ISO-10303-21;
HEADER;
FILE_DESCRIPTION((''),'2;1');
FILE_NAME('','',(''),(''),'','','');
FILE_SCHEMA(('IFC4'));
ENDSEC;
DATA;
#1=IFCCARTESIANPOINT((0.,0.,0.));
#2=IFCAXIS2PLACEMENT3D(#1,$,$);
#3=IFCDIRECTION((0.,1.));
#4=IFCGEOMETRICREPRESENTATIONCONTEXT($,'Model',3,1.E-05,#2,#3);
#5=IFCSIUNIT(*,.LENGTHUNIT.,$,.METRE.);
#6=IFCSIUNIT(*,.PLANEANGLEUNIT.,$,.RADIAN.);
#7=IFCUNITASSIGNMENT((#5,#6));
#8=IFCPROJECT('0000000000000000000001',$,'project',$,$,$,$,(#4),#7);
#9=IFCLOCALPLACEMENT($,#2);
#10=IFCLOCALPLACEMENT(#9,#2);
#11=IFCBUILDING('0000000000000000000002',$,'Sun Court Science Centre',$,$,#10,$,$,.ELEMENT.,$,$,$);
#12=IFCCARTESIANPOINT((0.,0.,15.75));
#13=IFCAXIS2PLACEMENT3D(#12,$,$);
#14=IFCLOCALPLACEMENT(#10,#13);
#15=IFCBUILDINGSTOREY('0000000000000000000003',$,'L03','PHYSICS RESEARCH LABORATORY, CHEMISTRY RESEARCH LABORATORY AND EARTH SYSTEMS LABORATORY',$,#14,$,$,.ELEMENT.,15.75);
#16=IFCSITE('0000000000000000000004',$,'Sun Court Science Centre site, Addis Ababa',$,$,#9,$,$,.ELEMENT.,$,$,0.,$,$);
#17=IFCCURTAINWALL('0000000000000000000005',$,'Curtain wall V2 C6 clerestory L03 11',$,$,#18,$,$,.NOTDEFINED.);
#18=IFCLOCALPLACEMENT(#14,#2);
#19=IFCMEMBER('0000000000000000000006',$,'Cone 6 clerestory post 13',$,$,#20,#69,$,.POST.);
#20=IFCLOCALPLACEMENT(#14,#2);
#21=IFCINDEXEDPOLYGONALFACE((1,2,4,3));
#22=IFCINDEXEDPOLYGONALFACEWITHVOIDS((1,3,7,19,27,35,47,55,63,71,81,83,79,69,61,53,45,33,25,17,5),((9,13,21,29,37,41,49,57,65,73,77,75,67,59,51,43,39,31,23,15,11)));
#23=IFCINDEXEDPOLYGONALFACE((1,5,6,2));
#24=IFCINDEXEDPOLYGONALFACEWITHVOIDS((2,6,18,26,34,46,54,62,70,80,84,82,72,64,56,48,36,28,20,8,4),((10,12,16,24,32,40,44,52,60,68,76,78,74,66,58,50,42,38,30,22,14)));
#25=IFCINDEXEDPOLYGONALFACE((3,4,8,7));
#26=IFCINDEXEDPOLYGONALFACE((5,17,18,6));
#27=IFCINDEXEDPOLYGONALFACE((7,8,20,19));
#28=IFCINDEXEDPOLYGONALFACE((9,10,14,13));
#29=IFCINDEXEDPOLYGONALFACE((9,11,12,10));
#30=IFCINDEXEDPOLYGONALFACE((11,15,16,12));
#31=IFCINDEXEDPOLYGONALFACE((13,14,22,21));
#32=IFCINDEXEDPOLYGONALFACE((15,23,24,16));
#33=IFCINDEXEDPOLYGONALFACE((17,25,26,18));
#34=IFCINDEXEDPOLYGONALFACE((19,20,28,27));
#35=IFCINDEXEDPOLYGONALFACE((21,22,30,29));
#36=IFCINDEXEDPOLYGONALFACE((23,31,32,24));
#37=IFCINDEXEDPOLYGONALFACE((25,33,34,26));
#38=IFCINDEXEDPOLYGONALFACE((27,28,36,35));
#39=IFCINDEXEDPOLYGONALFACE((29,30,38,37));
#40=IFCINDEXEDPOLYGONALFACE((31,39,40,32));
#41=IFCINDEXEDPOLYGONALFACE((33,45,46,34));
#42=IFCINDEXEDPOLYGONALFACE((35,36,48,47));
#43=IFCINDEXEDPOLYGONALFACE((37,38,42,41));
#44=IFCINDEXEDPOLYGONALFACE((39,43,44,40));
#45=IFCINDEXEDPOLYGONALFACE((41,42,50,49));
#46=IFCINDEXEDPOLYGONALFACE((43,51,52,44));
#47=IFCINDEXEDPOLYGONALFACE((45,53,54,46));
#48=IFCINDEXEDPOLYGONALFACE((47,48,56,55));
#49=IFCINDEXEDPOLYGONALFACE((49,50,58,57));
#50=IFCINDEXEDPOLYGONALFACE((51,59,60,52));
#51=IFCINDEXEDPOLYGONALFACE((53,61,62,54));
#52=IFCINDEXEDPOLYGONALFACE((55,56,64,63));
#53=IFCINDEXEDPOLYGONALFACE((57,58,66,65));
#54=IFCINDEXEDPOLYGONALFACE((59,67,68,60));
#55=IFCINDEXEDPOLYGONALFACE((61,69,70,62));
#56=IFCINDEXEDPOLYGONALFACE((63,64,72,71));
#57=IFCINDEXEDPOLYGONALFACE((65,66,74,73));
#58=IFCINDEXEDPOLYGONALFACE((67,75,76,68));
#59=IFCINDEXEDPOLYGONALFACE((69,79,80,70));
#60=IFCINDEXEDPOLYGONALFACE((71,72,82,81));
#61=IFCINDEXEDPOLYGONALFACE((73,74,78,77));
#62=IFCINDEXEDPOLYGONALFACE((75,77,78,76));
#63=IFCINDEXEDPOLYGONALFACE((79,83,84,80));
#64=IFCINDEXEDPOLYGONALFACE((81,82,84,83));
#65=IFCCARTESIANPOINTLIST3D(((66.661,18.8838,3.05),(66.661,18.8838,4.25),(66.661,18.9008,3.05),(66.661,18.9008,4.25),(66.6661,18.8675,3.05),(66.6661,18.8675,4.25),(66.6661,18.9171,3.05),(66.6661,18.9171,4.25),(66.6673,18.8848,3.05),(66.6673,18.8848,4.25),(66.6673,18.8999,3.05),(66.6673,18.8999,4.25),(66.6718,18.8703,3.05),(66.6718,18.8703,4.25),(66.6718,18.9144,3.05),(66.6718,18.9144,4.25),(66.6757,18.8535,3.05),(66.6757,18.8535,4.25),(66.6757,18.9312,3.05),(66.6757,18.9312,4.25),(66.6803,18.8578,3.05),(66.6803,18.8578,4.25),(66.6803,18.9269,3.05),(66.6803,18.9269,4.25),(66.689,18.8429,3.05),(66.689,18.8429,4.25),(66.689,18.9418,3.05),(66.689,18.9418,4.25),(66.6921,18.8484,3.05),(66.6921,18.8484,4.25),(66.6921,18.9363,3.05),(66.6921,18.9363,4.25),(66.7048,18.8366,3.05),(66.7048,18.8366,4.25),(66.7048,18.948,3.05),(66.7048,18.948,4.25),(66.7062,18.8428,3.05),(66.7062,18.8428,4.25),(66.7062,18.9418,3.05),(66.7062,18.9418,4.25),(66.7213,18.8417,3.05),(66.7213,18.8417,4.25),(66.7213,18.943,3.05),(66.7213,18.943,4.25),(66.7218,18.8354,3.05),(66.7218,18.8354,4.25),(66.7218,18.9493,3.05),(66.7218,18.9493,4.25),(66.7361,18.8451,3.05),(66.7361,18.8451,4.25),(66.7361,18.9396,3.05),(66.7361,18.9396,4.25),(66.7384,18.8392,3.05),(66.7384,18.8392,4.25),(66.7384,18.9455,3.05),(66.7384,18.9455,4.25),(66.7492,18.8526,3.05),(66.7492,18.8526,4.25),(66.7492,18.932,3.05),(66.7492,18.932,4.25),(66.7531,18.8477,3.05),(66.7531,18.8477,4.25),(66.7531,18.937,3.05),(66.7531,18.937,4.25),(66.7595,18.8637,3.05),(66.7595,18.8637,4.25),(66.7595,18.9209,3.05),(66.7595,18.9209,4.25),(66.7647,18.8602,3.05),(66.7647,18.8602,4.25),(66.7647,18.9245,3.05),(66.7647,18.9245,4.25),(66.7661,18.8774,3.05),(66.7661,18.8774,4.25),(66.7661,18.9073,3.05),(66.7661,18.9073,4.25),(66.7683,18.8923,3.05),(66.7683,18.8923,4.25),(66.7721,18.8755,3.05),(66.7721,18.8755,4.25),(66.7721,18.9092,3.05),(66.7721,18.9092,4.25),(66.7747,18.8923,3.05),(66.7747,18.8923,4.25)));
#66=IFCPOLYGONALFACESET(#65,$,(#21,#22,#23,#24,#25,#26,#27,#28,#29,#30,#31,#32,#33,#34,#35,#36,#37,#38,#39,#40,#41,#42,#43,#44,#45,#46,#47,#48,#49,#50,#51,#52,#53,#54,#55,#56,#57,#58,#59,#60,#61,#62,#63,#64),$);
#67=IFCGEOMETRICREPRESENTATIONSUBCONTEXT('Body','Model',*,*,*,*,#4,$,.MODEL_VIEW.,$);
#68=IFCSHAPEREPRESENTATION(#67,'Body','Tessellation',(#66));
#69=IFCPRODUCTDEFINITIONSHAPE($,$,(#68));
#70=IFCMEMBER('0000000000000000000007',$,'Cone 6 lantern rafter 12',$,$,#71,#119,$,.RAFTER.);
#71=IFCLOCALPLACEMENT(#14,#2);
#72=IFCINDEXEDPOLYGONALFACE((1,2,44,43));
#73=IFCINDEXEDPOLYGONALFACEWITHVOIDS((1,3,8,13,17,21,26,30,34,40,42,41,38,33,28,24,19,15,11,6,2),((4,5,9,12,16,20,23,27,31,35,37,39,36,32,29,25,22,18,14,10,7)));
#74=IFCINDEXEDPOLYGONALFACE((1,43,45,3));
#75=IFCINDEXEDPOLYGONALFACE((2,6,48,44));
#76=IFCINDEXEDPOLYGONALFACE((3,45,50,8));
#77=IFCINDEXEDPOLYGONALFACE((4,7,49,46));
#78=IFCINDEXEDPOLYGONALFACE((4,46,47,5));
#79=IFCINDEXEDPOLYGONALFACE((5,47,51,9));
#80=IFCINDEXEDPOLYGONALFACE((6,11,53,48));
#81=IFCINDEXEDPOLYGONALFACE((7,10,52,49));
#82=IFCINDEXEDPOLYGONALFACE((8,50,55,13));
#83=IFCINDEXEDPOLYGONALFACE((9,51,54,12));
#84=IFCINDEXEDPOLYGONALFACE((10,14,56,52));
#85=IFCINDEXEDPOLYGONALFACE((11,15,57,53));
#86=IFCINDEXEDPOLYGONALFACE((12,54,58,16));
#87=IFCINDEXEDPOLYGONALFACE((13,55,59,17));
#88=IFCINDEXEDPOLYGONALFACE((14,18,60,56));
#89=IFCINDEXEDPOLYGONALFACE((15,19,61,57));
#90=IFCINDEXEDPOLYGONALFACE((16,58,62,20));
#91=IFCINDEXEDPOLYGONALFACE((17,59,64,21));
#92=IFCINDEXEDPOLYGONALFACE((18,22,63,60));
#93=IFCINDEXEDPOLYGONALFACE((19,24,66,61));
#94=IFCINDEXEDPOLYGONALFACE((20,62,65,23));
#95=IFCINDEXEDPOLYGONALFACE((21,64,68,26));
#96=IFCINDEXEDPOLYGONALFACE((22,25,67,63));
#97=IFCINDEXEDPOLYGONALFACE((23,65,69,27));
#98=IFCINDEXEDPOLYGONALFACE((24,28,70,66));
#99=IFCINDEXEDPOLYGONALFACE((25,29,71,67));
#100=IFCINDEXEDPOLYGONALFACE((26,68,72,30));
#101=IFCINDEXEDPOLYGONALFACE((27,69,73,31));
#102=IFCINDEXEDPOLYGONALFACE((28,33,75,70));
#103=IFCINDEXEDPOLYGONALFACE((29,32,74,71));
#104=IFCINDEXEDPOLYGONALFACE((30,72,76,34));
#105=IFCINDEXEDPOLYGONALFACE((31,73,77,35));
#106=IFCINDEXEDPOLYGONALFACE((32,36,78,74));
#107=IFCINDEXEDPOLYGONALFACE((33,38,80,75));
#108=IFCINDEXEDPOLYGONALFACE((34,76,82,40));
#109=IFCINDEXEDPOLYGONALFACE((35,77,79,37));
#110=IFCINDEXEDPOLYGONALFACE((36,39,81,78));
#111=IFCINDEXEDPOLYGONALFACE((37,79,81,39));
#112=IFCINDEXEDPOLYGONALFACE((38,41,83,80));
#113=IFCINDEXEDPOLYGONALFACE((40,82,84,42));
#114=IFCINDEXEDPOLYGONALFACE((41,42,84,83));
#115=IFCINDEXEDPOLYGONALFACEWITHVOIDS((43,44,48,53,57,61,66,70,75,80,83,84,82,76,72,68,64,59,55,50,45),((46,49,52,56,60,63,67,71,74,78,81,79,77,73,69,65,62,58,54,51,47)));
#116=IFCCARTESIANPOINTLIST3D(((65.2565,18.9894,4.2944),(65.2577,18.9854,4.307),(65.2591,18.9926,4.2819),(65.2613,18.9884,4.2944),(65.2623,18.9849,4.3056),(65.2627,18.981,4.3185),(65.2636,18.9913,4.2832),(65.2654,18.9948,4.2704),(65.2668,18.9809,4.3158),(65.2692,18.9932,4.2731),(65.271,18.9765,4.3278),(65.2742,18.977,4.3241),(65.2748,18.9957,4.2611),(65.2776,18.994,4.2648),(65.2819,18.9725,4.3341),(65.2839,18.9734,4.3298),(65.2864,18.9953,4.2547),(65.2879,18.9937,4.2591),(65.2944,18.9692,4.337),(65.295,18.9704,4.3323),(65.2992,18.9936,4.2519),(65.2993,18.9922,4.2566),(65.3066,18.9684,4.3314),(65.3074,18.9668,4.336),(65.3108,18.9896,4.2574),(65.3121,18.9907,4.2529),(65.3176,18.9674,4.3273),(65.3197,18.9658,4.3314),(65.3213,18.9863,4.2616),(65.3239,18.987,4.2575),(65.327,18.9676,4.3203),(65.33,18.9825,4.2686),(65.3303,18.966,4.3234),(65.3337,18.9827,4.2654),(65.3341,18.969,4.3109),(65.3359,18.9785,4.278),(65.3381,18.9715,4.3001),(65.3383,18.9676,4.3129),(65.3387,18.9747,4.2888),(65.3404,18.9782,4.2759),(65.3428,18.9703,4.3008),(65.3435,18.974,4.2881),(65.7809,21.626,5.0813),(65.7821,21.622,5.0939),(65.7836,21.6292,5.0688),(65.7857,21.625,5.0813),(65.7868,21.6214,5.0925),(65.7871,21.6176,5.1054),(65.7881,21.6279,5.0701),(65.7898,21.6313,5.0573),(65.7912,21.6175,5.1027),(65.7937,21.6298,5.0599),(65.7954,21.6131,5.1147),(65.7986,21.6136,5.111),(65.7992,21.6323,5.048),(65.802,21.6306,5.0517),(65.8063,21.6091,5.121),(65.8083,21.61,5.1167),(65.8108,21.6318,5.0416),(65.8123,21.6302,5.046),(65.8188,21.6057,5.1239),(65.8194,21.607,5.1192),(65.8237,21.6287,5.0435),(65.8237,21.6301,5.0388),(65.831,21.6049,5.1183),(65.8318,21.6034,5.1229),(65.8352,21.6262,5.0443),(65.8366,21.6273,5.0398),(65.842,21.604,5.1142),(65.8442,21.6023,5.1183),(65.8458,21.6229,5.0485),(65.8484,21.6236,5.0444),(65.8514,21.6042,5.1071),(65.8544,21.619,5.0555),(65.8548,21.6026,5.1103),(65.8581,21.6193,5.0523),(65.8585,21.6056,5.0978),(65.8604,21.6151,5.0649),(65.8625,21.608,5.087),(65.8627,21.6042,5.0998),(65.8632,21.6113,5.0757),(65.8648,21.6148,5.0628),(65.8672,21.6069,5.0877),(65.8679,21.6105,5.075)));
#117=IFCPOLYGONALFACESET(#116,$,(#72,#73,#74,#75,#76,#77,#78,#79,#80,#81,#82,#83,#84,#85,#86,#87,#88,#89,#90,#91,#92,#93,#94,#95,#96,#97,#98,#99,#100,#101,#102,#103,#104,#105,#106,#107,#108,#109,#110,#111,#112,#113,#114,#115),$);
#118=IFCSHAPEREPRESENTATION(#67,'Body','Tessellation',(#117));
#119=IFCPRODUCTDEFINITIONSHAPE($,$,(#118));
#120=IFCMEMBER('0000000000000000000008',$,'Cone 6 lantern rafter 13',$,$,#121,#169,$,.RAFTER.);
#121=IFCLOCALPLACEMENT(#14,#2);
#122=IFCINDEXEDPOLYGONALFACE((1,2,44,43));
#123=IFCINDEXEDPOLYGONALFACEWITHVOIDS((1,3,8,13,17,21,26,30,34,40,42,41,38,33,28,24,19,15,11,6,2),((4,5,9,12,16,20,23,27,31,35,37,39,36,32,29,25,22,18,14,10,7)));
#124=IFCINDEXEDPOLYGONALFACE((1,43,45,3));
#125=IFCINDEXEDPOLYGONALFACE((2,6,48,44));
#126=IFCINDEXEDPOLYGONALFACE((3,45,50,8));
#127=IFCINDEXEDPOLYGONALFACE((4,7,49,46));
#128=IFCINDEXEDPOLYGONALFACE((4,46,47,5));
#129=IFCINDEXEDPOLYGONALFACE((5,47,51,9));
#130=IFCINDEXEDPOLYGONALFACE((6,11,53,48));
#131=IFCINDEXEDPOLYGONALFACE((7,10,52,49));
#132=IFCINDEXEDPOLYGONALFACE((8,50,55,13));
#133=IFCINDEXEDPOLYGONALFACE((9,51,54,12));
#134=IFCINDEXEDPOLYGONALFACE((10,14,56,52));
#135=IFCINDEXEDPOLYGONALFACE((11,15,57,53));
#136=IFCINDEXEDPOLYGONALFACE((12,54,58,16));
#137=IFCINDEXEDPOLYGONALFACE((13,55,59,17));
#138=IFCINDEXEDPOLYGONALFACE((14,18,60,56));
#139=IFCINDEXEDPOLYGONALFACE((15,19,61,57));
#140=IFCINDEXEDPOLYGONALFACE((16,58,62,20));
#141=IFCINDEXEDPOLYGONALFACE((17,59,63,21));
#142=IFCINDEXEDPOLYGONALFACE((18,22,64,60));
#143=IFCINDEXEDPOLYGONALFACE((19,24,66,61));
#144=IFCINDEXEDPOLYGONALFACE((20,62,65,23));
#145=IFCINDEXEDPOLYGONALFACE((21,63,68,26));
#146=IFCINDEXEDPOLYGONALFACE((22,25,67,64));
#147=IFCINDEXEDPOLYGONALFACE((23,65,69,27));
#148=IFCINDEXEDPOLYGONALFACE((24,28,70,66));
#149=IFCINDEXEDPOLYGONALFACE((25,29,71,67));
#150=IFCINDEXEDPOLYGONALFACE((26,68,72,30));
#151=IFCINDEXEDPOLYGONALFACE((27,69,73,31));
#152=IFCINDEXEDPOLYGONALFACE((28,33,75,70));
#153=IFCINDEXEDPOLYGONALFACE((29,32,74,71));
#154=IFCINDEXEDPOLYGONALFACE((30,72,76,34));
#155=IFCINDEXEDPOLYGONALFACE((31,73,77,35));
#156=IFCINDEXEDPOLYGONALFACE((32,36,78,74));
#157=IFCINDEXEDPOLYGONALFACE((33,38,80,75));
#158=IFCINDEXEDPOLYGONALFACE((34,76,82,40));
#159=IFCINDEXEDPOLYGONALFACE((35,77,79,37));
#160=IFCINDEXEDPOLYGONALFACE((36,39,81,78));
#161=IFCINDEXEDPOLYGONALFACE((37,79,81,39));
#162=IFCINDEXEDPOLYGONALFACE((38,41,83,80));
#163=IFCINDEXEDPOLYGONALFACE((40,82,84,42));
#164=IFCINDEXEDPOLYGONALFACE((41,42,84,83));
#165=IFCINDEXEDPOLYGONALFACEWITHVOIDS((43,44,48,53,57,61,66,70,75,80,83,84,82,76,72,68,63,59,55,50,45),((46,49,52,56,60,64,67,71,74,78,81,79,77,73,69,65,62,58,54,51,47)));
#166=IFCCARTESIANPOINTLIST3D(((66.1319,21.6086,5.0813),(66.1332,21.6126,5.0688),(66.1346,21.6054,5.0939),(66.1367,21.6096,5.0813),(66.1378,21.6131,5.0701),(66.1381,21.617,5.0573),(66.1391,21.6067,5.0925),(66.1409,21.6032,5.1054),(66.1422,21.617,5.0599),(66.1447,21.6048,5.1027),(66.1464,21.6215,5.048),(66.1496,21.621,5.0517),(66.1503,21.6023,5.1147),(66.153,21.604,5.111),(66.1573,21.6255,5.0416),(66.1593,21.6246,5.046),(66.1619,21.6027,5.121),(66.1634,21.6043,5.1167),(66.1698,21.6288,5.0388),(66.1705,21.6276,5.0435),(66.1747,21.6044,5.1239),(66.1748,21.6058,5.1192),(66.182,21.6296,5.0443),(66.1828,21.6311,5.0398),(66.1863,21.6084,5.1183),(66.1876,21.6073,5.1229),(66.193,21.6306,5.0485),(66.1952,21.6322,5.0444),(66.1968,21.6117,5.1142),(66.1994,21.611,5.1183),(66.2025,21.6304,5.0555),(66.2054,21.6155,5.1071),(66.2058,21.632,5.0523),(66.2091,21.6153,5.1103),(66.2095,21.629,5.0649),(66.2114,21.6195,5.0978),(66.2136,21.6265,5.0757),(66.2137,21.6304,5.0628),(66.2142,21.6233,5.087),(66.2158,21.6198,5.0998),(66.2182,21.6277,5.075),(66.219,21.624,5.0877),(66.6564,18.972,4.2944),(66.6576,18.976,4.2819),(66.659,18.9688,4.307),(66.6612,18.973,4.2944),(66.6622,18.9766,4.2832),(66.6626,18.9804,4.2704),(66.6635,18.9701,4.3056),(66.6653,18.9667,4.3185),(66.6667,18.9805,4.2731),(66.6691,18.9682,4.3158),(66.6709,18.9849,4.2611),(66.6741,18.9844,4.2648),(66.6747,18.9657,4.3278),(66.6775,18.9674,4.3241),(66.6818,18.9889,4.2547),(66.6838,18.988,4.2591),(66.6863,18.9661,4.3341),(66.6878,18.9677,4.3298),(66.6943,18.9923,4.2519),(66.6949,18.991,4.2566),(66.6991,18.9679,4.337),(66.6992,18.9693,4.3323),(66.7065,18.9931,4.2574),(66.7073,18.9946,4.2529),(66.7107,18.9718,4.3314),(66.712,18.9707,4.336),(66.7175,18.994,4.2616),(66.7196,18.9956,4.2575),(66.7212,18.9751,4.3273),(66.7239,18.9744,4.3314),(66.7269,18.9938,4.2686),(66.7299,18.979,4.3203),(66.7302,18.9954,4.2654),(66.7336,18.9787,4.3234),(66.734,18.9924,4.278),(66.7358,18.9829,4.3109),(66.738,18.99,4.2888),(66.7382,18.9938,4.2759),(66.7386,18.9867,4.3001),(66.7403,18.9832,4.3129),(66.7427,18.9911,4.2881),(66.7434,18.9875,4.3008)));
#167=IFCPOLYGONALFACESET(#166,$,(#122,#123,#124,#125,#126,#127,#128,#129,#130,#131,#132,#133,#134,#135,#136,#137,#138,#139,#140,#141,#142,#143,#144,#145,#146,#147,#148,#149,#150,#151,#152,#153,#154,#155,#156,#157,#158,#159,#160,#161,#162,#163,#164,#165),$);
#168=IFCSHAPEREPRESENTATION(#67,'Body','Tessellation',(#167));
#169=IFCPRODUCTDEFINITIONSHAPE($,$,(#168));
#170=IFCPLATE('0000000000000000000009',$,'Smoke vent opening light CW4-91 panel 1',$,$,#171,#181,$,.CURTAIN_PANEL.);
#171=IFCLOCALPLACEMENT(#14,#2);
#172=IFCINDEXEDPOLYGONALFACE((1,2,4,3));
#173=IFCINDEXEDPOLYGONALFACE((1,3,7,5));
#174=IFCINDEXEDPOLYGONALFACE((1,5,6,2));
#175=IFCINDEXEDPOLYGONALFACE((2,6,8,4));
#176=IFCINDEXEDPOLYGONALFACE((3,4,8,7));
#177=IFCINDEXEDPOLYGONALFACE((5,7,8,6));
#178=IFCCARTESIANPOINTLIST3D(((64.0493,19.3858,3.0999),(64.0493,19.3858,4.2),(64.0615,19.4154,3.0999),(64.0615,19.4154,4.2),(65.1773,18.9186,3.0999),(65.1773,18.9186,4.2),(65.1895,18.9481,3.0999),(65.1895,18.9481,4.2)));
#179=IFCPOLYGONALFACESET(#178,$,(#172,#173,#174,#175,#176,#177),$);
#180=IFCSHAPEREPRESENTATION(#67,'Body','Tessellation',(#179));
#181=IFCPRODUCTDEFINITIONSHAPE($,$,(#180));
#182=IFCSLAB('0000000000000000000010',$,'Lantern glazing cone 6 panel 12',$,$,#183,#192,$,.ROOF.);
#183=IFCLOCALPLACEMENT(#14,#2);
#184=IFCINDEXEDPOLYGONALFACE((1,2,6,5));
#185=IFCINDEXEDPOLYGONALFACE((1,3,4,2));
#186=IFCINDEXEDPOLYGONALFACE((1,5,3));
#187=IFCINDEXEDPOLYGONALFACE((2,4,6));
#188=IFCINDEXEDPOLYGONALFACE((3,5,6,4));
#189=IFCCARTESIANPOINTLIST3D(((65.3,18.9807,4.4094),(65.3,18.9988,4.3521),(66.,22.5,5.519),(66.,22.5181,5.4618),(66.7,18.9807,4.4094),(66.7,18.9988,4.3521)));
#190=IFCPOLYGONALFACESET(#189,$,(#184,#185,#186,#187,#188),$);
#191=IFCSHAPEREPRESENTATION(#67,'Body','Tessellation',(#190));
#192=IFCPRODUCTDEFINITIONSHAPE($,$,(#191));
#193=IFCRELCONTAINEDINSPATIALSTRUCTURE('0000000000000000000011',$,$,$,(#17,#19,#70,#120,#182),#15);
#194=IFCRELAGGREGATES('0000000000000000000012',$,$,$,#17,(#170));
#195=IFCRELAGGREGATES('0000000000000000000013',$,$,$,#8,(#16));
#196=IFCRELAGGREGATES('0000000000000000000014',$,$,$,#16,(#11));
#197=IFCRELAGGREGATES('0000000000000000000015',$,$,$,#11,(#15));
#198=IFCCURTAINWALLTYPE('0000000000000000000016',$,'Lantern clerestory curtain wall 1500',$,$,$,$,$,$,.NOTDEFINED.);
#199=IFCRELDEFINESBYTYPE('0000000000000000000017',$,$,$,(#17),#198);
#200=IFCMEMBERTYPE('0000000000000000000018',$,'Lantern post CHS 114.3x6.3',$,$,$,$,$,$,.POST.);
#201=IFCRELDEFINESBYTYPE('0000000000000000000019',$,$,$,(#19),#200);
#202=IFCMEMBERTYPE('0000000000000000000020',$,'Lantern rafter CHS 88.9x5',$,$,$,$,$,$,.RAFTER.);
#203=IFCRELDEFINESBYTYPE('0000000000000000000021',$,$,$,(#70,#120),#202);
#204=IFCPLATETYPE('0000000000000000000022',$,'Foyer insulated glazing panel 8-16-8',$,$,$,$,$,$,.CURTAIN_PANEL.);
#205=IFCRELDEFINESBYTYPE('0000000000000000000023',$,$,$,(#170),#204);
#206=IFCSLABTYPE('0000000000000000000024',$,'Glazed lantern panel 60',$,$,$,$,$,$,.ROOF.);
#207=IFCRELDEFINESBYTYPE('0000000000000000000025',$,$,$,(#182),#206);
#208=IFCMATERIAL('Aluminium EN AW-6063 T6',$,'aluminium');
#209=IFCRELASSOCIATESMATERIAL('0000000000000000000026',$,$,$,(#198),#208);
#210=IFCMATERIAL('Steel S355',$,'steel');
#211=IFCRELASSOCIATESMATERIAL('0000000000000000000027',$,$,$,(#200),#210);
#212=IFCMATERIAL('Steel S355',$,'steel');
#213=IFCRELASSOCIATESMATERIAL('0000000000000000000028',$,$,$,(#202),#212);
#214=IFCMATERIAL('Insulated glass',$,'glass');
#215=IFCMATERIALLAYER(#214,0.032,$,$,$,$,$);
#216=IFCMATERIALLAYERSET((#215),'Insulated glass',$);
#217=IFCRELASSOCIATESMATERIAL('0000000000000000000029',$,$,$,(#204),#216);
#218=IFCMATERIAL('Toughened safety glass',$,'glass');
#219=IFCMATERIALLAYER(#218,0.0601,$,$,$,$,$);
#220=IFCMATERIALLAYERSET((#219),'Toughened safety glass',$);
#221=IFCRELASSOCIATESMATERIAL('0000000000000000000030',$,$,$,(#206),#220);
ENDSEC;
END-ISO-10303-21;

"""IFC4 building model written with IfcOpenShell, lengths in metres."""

from ifc_helpers import new_model, si_unit, direction, frame, origin, origin_2d, place, context, subcontext, project, spatial, polyline, rectangle, hollow_circle, outline, extrude, material, layer, layer_set, material_profile, profile_set, type_object, element, aggregate, save


model = new_model("IFC4")

# Units and contexts
model_context = context("Model", 3, precision=1e-05, world=origin(), true_north=direction((0.0, 1.0)))
body_context = subcontext(model_context, "Body", "Model", "MODEL_VIEW")
ifc_project = project(units=[si_unit("LENGTHUNIT", "METRE"), si_unit("PLANEANGLEUNIT", "RADIAN")], contexts=[model_context])

# Site, building, storey
site_placement = place(None, origin())
site = spatial("IfcSite", under=ifc_project, at=site_placement, Name="Sun Court Science Centre site, Addis Ababa", CompositionType="ELEMENT", RefElevation=0.0)
building_placement = place(site_placement, origin())
building = spatial("IfcBuilding", under=site, at=building_placement, Name="Sun Court Science Centre", CompositionType="ELEMENT")
storey_placement = place(building_placement, frame((0.0, 0.0, 15.75)))
storey = spatial("IfcBuildingStorey", under=building, at=storey_placement, Name="L03", Description="PHYSICS RESEARCH LABORATORY, CHEMISTRY RESEARCH LABORATORY AND EARTH SYSTEMS LABORATORY", CompositionType="ELEMENT", Elevation=15.75)

# Curtain wall
ifc_material_1 = material(Name="Aluminium EN AW-6063 T6", Category="aluminium")
curtain_wall_type = type_object("IfcCurtainWallType", Name="Lantern clerestory curtain wall 1500", PredefinedType="NOTDEFINED", material=ifc_material_1)
curtain_wall_1_placement = place(storey_placement, origin())
curtain_wall_1 = element("IfcCurtainWall", 1, at=curtain_wall_1_placement, inside=storey, type_object=curtain_wall_type, Name="Curtain wall V2 C6 clerestory L03 11", PredefinedType="NOTDEFINED")

# Members
ifc_material_2 = material(Name="Steel S355", Category="steel")
ifc_material_profile_1 = material_profile(ifc_material_2, hollow_circle(Radius=0.0571, WallThickness=0.0063, at=origin_2d()), Name="CHS 114.3x6.3")
ifc_profile_set_1 = profile_set([ifc_material_profile_1], Name="Steel S355")
member_type_1 = type_object("IfcMemberType", Name="Lantern post CHS 114.3x6.3", PredefinedType="POST", material=ifc_profile_set_1)
member_1_placement = place(storey_placement, frame((66.7175, 18.8923, 3.05), z_axis=(0.0, 0.0, 1.0), x_axis=(1.0, 0.0, 0.0)))
element("IfcMember", 2, at=member_1_placement, inside=storey, type_object=member_type_1, Name="Cone 6 clerestory post 13", PredefinedType="POST", context=body_context, shape_type="SweptSolid", body=[
    extrude(hollow_circle(Radius=0.0571, WallThickness=0.0063, at=origin_2d()), origin(), (0.0, 0.0, 1.0), 1.2),
])
ifc_material_3 = material(Name="Steel S355", Category="steel")
ifc_material_profile_2 = material_profile(ifc_material_3, hollow_circle(Radius=0.0444, WallThickness=0.0049, at=origin_2d()), Name="CHS 88.9x5")
ifc_profile_set_2 = profile_set([ifc_material_profile_2], Name="Steel S355")
member_type_2 = type_object("IfcMemberType", Name="Lantern rafter CHS 88.9x5", PredefinedType="RAFTER", material=ifc_profile_set_2)
for number, where, z_axis, x_axis, name in (
    (3, (65.3, 18.9807, 4.2944), (0.187229, 0.941288, 0.280931), (-0.980786, 0.195086, 0.0), "Cone 6 lantern rafter 12"),
    (4, (66.7, 18.9807, 4.2944), (-0.187229, 0.941288, 0.280931), (-0.980786, -0.195086, 0.0), "Cone 6 lantern rafter 13"),
):
    element("IfcMember", number, at=place(storey_placement, frame(where, z_axis=z_axis, x_axis=x_axis)), inside=storey, type_object=member_type_2, Name=name, PredefinedType="RAFTER", context=body_context, shape_type="SweptSolid", body=[
        extrude(hollow_circle(Radius=0.0444, WallThickness=0.0049, at=origin_2d()), origin(), (0.0, 0.0, 1.0), 2.801),
    ])

# Plate
ifc_material_4 = material(Name="Insulated glass", Category="glass")
ifc_layer_1 = layer(ifc_material_4, 0.032)
ifc_layer_set_1 = layer_set([ifc_layer_1], Name="Insulated glass")
plate_type = type_object("IfcPlateType", Name="Foyer insulated glazing panel 8-16-8", PredefinedType="CURTAIN_PANEL", material=ifc_layer_set_1)
plate_placement = place(storey_placement, frame((64.6194, 19.167, 3.0999), z_axis=(0.0, 0.0, 1.0), x_axis=(-0.92388, 0.382683, 0.0)))
plate = element("IfcPlate", 5, at=plate_placement, type_object=plate_type, Name="Smoke vent opening light CW4-91 panel 1", PredefinedType="CURTAIN_PANEL", context=body_context, shape_type="SweptSolid", body=[
    extrude(rectangle(XDim=1.2209, YDim=0.032, at=origin_2d()), origin(), (0.0, 0.0, 1.0), 1.1001),
])
aggregate(curtain_wall_1, [plate])

# Slab
ifc_material_5 = material(Name="Toughened safety glass", Category="glass")
ifc_layer_2 = layer(ifc_material_5, 0.0601)
ifc_layer_set_2 = layer_set([ifc_layer_2], Name="Toughened safety glass")
slab_type = type_object("IfcSlabType", Name="Glazed lantern panel 60", PredefinedType="ROOF", material=ifc_layer_set_2)
slab_1_placement = place(storey_placement, frame((65.3, 18.9807, 4.4094), z_axis=(0.0, -0.300704, 0.953718), x_axis=(1.0, 0.0, 0.0)))
element("IfcSlab", 6, at=slab_1_placement, inside=storey, type_object=slab_type, Name="Lantern glazing cone 6 panel 12", PredefinedType="ROOF", context=body_context, shape_type="SweptSolid", body=[
    extrude(outline(polyline([(0.0, 0.0), (1.3999, 0.0), (0.7, 3.6901), (0.0, 0.0)])), origin(), (0.0, 0.0, -1.0), 0.0601),
])

save(model, "model.ifc")
